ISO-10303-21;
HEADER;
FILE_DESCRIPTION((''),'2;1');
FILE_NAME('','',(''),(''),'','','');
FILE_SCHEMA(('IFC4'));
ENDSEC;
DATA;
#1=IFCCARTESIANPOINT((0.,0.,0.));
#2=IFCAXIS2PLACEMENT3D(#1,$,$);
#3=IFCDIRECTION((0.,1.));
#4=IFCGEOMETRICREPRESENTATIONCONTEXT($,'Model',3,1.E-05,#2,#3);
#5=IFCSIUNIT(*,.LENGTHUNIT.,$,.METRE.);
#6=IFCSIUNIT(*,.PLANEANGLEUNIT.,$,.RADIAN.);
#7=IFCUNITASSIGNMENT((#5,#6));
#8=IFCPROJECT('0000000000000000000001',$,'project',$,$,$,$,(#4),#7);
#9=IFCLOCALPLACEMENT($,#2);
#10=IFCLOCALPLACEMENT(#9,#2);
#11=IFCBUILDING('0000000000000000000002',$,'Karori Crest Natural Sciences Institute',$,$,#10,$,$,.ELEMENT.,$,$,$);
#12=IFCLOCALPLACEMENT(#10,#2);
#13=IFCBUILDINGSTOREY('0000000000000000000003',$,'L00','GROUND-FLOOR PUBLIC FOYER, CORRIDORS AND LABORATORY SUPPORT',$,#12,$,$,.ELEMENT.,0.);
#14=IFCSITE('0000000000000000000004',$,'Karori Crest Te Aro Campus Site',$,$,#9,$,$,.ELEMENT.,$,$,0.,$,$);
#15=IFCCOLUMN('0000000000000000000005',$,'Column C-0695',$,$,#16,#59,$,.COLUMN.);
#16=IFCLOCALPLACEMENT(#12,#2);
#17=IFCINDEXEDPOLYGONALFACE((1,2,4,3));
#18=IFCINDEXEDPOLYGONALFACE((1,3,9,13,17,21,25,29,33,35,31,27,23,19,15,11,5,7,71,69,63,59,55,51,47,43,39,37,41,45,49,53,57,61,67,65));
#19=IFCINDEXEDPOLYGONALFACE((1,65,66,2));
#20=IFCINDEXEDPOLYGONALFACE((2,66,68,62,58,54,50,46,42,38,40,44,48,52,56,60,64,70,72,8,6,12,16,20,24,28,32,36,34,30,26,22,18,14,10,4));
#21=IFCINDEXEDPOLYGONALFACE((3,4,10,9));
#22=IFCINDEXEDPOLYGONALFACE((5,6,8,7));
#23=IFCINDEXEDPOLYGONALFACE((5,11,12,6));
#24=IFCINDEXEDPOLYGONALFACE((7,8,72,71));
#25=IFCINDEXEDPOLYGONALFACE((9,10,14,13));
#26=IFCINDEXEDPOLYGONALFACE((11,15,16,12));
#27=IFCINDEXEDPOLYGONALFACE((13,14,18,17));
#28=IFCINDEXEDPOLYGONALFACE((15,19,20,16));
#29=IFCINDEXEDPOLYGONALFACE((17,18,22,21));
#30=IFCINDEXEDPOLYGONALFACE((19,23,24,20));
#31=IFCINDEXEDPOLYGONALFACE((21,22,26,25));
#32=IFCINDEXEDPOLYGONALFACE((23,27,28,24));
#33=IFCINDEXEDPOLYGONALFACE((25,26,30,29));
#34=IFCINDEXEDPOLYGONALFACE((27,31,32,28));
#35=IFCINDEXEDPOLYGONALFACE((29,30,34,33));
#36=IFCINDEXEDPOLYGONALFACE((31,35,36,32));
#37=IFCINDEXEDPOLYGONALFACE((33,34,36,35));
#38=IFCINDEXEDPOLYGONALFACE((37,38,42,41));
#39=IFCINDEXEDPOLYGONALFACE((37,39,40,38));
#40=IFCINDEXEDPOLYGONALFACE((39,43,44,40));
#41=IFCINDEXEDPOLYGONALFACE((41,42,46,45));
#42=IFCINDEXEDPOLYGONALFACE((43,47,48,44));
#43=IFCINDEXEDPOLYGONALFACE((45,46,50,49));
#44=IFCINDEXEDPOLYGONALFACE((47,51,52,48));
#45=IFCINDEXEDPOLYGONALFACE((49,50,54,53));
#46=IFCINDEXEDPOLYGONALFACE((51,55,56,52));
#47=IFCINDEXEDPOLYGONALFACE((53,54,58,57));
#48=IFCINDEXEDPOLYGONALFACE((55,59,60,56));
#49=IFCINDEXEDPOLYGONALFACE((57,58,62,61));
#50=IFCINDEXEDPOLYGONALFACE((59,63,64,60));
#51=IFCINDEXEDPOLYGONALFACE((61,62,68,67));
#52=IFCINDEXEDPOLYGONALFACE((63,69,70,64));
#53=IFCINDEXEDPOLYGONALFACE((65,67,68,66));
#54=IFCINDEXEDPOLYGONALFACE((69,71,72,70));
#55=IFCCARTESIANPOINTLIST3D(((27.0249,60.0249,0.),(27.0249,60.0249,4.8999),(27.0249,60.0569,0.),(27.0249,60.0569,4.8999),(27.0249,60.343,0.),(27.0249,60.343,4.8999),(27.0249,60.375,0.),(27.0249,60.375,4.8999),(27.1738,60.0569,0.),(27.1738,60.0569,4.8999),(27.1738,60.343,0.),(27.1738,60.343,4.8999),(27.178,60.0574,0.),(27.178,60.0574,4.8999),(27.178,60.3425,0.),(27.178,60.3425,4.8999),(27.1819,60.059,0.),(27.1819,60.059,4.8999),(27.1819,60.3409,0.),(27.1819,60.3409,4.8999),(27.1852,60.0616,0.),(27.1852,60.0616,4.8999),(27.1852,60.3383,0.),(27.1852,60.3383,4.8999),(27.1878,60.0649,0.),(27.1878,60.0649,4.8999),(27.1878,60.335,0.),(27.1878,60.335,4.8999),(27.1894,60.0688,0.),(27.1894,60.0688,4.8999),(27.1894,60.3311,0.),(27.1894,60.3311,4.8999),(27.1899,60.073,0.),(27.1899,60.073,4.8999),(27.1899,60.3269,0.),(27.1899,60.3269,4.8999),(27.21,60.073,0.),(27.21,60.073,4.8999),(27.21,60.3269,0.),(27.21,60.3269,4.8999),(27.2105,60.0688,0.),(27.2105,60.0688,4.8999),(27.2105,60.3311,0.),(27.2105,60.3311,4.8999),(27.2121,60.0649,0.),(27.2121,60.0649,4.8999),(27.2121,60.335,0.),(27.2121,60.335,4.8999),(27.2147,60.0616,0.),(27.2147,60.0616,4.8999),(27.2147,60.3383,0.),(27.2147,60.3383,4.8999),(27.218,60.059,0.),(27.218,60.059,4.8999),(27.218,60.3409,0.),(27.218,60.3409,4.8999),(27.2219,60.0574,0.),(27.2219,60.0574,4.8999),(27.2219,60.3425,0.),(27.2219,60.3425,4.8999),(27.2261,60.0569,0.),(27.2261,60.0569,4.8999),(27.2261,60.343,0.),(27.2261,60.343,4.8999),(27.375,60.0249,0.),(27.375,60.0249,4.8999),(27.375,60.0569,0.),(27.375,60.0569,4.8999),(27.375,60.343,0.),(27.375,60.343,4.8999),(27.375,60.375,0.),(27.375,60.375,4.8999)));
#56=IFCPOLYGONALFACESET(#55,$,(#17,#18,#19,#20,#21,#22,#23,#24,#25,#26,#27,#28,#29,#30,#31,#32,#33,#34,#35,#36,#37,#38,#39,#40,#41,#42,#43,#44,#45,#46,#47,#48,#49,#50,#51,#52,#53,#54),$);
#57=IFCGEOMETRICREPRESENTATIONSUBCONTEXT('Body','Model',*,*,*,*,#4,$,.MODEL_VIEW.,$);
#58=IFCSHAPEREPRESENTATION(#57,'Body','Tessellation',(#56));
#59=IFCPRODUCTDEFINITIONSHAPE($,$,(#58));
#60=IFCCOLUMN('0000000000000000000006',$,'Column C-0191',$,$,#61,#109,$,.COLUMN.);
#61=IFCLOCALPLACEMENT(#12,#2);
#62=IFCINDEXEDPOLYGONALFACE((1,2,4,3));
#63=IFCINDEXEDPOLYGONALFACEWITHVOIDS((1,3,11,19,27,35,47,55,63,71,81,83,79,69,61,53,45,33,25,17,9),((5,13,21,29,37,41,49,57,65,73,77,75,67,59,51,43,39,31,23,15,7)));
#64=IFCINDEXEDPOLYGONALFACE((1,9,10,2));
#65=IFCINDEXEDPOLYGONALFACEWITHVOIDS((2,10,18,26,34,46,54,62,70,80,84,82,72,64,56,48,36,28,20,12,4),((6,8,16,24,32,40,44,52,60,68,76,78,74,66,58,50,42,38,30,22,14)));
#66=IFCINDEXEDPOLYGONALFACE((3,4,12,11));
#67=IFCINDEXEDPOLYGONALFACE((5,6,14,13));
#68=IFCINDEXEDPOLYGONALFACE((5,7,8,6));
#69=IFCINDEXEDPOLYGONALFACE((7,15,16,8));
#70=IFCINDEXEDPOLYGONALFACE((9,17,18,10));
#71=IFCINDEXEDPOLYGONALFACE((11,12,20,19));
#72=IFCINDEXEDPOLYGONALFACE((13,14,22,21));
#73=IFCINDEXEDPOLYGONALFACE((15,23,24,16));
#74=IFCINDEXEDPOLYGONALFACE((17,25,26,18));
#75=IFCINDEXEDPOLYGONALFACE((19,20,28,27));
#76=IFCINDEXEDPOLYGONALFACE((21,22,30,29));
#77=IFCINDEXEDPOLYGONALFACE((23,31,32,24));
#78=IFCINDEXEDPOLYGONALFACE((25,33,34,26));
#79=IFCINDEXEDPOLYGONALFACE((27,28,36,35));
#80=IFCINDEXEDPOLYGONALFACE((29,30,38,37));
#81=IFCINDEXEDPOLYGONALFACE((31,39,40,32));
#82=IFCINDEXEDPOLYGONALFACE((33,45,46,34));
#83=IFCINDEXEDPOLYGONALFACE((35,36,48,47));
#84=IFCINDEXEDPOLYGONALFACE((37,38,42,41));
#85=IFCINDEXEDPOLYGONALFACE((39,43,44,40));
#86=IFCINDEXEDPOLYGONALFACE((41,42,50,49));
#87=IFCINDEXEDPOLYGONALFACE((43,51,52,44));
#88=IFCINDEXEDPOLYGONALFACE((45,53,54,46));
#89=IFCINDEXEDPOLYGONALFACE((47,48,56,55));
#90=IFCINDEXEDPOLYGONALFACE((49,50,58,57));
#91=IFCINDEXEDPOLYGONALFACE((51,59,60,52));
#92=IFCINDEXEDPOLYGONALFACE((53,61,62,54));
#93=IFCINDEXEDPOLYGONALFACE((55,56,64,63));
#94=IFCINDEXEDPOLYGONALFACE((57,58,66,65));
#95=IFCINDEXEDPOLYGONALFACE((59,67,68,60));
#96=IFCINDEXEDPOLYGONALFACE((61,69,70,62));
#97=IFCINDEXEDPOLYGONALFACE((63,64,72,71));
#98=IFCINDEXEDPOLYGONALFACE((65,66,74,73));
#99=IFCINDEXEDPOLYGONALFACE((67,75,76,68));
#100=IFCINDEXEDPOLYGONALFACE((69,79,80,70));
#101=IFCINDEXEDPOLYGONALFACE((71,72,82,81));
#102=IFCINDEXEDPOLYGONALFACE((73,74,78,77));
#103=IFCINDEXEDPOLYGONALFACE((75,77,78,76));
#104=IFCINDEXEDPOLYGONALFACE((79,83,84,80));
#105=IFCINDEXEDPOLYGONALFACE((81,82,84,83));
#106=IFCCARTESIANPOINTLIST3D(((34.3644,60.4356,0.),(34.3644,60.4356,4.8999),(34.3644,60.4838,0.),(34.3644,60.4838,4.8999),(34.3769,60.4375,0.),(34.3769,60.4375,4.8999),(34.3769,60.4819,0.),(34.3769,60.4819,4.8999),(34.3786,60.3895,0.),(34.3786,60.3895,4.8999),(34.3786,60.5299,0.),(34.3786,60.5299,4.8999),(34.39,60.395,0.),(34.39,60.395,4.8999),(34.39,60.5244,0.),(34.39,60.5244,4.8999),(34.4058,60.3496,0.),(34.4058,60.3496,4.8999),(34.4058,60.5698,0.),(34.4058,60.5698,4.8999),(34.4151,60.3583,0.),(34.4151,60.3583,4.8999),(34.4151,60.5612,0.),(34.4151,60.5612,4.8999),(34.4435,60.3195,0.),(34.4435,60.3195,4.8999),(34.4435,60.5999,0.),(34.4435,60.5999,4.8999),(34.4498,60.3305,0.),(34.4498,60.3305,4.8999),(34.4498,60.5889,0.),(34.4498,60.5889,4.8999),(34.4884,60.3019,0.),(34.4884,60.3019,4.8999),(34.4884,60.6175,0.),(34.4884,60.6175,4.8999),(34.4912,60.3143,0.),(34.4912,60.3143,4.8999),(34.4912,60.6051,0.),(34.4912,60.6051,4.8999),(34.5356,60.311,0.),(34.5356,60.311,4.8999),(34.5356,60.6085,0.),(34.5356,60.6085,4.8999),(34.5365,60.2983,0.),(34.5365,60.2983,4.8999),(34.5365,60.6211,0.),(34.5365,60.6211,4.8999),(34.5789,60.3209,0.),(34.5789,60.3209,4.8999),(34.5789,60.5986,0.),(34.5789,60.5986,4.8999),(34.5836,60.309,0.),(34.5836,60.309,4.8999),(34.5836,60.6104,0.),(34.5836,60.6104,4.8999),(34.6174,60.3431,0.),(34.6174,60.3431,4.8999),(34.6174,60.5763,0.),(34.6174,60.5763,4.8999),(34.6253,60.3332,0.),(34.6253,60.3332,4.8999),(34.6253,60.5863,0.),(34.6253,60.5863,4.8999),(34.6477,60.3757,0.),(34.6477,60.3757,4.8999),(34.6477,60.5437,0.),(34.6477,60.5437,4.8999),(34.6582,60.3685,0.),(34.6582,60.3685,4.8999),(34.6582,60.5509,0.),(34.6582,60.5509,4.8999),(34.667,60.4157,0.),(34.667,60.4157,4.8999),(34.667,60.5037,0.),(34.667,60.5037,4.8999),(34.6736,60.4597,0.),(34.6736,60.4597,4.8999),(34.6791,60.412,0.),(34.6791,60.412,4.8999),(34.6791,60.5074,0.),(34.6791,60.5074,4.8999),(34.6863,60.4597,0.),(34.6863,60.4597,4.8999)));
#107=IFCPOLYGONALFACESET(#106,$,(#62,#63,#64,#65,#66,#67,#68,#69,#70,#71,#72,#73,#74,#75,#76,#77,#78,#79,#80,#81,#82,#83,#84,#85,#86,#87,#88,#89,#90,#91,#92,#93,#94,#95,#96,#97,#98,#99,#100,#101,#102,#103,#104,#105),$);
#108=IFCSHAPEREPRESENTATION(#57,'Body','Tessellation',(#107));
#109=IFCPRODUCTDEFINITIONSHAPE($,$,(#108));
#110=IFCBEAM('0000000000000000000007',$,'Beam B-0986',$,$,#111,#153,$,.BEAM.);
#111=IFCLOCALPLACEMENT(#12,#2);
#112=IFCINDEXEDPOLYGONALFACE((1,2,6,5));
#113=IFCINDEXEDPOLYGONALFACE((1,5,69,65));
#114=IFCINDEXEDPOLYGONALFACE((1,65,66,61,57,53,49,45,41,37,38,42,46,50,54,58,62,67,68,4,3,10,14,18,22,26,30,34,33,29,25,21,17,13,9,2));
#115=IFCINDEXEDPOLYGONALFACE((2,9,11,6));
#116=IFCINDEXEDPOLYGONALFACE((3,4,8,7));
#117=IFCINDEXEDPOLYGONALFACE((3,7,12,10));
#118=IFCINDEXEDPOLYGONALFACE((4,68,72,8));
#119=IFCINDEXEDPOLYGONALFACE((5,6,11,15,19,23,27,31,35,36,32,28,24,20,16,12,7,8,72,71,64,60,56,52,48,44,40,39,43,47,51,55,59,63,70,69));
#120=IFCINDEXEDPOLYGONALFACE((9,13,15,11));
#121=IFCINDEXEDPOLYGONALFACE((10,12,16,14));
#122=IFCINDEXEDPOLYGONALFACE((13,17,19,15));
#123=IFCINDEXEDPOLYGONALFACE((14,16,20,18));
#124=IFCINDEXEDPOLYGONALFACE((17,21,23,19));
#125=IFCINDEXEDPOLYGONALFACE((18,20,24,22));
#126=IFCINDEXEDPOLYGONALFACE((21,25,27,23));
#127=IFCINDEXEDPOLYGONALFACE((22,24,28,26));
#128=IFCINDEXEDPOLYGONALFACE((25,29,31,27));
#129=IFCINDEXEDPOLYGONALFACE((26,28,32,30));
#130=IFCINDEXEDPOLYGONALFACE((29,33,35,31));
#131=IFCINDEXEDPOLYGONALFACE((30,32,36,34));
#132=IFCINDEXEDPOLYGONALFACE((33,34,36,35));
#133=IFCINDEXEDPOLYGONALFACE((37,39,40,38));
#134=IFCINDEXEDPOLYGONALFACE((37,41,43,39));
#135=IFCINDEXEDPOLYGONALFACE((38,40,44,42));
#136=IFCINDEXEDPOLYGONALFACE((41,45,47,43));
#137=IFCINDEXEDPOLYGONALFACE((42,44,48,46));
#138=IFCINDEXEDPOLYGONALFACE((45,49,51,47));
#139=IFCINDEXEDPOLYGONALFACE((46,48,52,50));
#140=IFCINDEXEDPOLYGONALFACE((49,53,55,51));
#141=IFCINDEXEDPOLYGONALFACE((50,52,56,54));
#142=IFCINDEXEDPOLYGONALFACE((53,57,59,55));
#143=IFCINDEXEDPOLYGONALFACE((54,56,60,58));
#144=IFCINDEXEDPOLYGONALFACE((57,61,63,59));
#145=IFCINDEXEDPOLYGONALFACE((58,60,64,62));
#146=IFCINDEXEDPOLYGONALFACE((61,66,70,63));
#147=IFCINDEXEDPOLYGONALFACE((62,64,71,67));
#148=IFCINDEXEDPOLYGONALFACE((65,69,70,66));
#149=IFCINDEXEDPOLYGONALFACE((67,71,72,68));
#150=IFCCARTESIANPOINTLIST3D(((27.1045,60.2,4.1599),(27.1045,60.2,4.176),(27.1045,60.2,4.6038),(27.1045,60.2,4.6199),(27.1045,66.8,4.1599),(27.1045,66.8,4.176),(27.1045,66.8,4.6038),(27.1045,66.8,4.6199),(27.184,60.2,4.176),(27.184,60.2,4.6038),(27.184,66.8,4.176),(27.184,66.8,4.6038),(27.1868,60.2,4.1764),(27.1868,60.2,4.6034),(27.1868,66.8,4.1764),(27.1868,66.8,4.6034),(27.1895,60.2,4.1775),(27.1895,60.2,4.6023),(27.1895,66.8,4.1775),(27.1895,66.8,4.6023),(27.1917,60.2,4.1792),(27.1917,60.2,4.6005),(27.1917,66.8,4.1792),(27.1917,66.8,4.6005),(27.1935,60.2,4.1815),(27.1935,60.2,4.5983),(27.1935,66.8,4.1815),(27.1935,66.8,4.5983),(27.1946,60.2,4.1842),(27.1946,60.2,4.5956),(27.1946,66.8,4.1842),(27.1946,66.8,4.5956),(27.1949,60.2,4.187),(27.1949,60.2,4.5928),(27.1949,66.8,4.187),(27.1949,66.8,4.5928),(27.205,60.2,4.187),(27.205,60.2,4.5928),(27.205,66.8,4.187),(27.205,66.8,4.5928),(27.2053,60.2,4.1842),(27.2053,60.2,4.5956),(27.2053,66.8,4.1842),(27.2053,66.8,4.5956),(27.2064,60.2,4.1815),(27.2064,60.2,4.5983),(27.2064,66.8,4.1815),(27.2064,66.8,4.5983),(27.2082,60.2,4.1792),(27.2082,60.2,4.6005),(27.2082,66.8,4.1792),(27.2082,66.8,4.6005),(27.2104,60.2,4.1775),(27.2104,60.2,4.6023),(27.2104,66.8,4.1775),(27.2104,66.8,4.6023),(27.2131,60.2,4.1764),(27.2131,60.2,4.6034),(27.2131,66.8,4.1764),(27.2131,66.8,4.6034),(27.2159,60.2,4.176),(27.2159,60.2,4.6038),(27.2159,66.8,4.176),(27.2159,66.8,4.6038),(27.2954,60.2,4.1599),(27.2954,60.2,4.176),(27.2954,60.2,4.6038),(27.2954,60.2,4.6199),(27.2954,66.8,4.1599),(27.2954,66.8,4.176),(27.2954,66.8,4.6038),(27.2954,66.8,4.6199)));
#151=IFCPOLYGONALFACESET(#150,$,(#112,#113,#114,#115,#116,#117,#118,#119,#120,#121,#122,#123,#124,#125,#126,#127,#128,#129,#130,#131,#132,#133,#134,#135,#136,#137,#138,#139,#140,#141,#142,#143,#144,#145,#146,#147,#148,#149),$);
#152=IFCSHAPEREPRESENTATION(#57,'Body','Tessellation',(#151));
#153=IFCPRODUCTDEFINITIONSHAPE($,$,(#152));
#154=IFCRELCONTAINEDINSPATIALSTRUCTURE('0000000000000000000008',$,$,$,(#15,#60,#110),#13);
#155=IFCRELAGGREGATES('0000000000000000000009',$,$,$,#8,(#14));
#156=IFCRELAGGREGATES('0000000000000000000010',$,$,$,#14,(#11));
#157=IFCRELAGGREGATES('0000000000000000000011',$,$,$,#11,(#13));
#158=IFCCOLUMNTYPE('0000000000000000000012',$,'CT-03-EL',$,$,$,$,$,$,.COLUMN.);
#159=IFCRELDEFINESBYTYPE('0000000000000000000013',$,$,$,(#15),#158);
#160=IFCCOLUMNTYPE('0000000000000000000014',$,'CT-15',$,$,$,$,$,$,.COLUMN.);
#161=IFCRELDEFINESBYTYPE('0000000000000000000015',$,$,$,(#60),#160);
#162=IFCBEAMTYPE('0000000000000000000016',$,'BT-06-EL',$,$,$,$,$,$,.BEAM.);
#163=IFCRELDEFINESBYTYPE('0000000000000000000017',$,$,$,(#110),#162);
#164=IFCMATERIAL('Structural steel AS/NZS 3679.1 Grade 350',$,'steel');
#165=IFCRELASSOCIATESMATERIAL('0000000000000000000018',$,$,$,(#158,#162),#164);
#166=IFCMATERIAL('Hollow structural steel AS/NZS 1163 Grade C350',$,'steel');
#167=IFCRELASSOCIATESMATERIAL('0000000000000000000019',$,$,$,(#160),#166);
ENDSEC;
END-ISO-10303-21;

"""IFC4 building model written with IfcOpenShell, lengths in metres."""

from ifc_helpers import new_model, si_unit, direction, frame, origin, origin_2d, place, context, subcontext, project, spatial, hollow_circle, i_section, extrude, material, material_profile, profile_set, type_object, element, save


model = new_model("IFC4")

# Units and contexts
model_context = context("Model", 3, precision=1e-05, world=origin(), true_north=direction((0.0, 1.0)))
body_context = subcontext(model_context, "Body", "Model", "MODEL_VIEW")
ifc_project = project(units=[si_unit("LENGTHUNIT", "METRE"), si_unit("PLANEANGLEUNIT", "RADIAN")], contexts=[model_context])

# Site, building, storey
site_placement = place(None, origin())
site = spatial("IfcSite", under=ifc_project, at=site_placement, Name="Karori Crest Te Aro Campus Site", CompositionType="ELEMENT", RefElevation=0.0)
building_placement = place(site_placement, origin())
building = spatial("IfcBuilding", under=site, at=building_placement, Name="Karori Crest Natural Sciences Institute", CompositionType="ELEMENT")
storey_placement = place(building_placement, origin())
storey = spatial("IfcBuildingStorey", under=building, at=storey_placement, Name="L00", Description="GROUND-FLOOR PUBLIC FOYER, CORRIDORS AND LABORATORY SUPPORT", CompositionType="ELEMENT", Elevation=0.0)

# Columns
ifc_material_1 = material(Name="Structural steel AS/NZS 3679.1 Grade 350", Category="steel")
ifc_material_profile_1 = material_profile(ifc_material_1, i_section(OverallWidth=0.3501, OverallDepth=0.3501, WebThickness=0.02, FlangeThickness=0.032, FilletRadius=0.0161, at=origin_2d()), Name="350WC280")
ifc_profile_set_1 = profile_set([ifc_material_profile_1], Name="Structural steel AS/NZS 3679.1 Grade 350")
column_type_1 = type_object("IfcColumnType", Name="CT-03-EL", PredefinedType="COLUMN", material=ifc_profile_set_1)
column_1_placement = place(storey_placement, frame((27.2, 60.2, 0.0), z_axis=(0.0, 0.0, 1.0), x_axis=(1.0, 0.0, 0.0)))
element("IfcColumn", 1, at=column_1_placement, inside=storey, type_object=column_type_1, Name="Column C-0695", PredefinedType="COLUMN", context=body_context, shape_type="SweptSolid", body=[
    extrude(i_section(OverallWidth=0.3501, OverallDepth=0.3501, WebThickness=0.02, FlangeThickness=0.032, FilletRadius=0.0161, at=origin_2d()), origin(), (0.0, 0.0, 1.0), 4.8999),
])
ifc_material_2 = material(Name="Hollow structural steel AS/NZS 1163 Grade C350", Category="steel")
ifc_material_profile_2 = material_profile(ifc_material_2, hollow_circle(Radius=0.1619, WallThickness=0.0127, at=origin_2d()), Name="CHS323.9x12.7")
ifc_profile_set_2 = profile_set([ifc_material_profile_2], Name="Hollow structural steel AS/NZS 1163 Grade C350")
column_type_2 = type_object("IfcColumnType", Name="CT-15", PredefinedType="COLUMN", material=ifc_profile_set_2)
column_2_placement = place(storey_placement, frame((34.5244, 60.4597, 0.0), z_axis=(0.0, 0.0, 1.0), x_axis=(1.0, 0.0, 0.0)))
element("IfcColumn", 2, at=column_2_placement, inside=storey, type_object=column_type_2, Name="Column C-0191", PredefinedType="COLUMN", context=body_context, shape_type="SweptSolid", body=[
    extrude(hollow_circle(Radius=0.1619, WallThickness=0.0127, at=origin_2d()), origin(), (0.0, 0.0, 1.0), 4.8999),
])

# Beam
ifc_material_profile_3 = material_profile(ifc_material_1, i_section(OverallWidth=0.1909, OverallDepth=0.46, WebThickness=0.01, FlangeThickness=0.0161, FilletRadius=0.011, at=origin_2d()), Name="460UB82.1")
ifc_profile_set_3 = profile_set([ifc_material_profile_3], Name="Structural steel AS/NZS 3679.1 Grade 350")
beam_type_1 = type_object("IfcBeamType", Name="BT-06-EL", PredefinedType="BEAM", material=ifc_profile_set_3)
beam_1_placement = place(storey_placement, frame((27.2, 60.2, 4.3899), z_axis=(0.0, 1.0, 0.0), x_axis=(-1.0, 0.0, 0.0)))
element("IfcBeam", 3, at=beam_1_placement, inside=storey, type_object=beam_type_1, Name="Beam B-0986", PredefinedType="BEAM", context=body_context, shape_type="SweptSolid", body=[
    extrude(i_section(OverallWidth=0.1909, OverallDepth=0.46, WebThickness=0.01, FlangeThickness=0.0161, FilletRadius=0.011, at=origin_2d()), origin(), (0.0, 0.0, 1.0), 6.6001),
])

save(model, "model.ifc")
